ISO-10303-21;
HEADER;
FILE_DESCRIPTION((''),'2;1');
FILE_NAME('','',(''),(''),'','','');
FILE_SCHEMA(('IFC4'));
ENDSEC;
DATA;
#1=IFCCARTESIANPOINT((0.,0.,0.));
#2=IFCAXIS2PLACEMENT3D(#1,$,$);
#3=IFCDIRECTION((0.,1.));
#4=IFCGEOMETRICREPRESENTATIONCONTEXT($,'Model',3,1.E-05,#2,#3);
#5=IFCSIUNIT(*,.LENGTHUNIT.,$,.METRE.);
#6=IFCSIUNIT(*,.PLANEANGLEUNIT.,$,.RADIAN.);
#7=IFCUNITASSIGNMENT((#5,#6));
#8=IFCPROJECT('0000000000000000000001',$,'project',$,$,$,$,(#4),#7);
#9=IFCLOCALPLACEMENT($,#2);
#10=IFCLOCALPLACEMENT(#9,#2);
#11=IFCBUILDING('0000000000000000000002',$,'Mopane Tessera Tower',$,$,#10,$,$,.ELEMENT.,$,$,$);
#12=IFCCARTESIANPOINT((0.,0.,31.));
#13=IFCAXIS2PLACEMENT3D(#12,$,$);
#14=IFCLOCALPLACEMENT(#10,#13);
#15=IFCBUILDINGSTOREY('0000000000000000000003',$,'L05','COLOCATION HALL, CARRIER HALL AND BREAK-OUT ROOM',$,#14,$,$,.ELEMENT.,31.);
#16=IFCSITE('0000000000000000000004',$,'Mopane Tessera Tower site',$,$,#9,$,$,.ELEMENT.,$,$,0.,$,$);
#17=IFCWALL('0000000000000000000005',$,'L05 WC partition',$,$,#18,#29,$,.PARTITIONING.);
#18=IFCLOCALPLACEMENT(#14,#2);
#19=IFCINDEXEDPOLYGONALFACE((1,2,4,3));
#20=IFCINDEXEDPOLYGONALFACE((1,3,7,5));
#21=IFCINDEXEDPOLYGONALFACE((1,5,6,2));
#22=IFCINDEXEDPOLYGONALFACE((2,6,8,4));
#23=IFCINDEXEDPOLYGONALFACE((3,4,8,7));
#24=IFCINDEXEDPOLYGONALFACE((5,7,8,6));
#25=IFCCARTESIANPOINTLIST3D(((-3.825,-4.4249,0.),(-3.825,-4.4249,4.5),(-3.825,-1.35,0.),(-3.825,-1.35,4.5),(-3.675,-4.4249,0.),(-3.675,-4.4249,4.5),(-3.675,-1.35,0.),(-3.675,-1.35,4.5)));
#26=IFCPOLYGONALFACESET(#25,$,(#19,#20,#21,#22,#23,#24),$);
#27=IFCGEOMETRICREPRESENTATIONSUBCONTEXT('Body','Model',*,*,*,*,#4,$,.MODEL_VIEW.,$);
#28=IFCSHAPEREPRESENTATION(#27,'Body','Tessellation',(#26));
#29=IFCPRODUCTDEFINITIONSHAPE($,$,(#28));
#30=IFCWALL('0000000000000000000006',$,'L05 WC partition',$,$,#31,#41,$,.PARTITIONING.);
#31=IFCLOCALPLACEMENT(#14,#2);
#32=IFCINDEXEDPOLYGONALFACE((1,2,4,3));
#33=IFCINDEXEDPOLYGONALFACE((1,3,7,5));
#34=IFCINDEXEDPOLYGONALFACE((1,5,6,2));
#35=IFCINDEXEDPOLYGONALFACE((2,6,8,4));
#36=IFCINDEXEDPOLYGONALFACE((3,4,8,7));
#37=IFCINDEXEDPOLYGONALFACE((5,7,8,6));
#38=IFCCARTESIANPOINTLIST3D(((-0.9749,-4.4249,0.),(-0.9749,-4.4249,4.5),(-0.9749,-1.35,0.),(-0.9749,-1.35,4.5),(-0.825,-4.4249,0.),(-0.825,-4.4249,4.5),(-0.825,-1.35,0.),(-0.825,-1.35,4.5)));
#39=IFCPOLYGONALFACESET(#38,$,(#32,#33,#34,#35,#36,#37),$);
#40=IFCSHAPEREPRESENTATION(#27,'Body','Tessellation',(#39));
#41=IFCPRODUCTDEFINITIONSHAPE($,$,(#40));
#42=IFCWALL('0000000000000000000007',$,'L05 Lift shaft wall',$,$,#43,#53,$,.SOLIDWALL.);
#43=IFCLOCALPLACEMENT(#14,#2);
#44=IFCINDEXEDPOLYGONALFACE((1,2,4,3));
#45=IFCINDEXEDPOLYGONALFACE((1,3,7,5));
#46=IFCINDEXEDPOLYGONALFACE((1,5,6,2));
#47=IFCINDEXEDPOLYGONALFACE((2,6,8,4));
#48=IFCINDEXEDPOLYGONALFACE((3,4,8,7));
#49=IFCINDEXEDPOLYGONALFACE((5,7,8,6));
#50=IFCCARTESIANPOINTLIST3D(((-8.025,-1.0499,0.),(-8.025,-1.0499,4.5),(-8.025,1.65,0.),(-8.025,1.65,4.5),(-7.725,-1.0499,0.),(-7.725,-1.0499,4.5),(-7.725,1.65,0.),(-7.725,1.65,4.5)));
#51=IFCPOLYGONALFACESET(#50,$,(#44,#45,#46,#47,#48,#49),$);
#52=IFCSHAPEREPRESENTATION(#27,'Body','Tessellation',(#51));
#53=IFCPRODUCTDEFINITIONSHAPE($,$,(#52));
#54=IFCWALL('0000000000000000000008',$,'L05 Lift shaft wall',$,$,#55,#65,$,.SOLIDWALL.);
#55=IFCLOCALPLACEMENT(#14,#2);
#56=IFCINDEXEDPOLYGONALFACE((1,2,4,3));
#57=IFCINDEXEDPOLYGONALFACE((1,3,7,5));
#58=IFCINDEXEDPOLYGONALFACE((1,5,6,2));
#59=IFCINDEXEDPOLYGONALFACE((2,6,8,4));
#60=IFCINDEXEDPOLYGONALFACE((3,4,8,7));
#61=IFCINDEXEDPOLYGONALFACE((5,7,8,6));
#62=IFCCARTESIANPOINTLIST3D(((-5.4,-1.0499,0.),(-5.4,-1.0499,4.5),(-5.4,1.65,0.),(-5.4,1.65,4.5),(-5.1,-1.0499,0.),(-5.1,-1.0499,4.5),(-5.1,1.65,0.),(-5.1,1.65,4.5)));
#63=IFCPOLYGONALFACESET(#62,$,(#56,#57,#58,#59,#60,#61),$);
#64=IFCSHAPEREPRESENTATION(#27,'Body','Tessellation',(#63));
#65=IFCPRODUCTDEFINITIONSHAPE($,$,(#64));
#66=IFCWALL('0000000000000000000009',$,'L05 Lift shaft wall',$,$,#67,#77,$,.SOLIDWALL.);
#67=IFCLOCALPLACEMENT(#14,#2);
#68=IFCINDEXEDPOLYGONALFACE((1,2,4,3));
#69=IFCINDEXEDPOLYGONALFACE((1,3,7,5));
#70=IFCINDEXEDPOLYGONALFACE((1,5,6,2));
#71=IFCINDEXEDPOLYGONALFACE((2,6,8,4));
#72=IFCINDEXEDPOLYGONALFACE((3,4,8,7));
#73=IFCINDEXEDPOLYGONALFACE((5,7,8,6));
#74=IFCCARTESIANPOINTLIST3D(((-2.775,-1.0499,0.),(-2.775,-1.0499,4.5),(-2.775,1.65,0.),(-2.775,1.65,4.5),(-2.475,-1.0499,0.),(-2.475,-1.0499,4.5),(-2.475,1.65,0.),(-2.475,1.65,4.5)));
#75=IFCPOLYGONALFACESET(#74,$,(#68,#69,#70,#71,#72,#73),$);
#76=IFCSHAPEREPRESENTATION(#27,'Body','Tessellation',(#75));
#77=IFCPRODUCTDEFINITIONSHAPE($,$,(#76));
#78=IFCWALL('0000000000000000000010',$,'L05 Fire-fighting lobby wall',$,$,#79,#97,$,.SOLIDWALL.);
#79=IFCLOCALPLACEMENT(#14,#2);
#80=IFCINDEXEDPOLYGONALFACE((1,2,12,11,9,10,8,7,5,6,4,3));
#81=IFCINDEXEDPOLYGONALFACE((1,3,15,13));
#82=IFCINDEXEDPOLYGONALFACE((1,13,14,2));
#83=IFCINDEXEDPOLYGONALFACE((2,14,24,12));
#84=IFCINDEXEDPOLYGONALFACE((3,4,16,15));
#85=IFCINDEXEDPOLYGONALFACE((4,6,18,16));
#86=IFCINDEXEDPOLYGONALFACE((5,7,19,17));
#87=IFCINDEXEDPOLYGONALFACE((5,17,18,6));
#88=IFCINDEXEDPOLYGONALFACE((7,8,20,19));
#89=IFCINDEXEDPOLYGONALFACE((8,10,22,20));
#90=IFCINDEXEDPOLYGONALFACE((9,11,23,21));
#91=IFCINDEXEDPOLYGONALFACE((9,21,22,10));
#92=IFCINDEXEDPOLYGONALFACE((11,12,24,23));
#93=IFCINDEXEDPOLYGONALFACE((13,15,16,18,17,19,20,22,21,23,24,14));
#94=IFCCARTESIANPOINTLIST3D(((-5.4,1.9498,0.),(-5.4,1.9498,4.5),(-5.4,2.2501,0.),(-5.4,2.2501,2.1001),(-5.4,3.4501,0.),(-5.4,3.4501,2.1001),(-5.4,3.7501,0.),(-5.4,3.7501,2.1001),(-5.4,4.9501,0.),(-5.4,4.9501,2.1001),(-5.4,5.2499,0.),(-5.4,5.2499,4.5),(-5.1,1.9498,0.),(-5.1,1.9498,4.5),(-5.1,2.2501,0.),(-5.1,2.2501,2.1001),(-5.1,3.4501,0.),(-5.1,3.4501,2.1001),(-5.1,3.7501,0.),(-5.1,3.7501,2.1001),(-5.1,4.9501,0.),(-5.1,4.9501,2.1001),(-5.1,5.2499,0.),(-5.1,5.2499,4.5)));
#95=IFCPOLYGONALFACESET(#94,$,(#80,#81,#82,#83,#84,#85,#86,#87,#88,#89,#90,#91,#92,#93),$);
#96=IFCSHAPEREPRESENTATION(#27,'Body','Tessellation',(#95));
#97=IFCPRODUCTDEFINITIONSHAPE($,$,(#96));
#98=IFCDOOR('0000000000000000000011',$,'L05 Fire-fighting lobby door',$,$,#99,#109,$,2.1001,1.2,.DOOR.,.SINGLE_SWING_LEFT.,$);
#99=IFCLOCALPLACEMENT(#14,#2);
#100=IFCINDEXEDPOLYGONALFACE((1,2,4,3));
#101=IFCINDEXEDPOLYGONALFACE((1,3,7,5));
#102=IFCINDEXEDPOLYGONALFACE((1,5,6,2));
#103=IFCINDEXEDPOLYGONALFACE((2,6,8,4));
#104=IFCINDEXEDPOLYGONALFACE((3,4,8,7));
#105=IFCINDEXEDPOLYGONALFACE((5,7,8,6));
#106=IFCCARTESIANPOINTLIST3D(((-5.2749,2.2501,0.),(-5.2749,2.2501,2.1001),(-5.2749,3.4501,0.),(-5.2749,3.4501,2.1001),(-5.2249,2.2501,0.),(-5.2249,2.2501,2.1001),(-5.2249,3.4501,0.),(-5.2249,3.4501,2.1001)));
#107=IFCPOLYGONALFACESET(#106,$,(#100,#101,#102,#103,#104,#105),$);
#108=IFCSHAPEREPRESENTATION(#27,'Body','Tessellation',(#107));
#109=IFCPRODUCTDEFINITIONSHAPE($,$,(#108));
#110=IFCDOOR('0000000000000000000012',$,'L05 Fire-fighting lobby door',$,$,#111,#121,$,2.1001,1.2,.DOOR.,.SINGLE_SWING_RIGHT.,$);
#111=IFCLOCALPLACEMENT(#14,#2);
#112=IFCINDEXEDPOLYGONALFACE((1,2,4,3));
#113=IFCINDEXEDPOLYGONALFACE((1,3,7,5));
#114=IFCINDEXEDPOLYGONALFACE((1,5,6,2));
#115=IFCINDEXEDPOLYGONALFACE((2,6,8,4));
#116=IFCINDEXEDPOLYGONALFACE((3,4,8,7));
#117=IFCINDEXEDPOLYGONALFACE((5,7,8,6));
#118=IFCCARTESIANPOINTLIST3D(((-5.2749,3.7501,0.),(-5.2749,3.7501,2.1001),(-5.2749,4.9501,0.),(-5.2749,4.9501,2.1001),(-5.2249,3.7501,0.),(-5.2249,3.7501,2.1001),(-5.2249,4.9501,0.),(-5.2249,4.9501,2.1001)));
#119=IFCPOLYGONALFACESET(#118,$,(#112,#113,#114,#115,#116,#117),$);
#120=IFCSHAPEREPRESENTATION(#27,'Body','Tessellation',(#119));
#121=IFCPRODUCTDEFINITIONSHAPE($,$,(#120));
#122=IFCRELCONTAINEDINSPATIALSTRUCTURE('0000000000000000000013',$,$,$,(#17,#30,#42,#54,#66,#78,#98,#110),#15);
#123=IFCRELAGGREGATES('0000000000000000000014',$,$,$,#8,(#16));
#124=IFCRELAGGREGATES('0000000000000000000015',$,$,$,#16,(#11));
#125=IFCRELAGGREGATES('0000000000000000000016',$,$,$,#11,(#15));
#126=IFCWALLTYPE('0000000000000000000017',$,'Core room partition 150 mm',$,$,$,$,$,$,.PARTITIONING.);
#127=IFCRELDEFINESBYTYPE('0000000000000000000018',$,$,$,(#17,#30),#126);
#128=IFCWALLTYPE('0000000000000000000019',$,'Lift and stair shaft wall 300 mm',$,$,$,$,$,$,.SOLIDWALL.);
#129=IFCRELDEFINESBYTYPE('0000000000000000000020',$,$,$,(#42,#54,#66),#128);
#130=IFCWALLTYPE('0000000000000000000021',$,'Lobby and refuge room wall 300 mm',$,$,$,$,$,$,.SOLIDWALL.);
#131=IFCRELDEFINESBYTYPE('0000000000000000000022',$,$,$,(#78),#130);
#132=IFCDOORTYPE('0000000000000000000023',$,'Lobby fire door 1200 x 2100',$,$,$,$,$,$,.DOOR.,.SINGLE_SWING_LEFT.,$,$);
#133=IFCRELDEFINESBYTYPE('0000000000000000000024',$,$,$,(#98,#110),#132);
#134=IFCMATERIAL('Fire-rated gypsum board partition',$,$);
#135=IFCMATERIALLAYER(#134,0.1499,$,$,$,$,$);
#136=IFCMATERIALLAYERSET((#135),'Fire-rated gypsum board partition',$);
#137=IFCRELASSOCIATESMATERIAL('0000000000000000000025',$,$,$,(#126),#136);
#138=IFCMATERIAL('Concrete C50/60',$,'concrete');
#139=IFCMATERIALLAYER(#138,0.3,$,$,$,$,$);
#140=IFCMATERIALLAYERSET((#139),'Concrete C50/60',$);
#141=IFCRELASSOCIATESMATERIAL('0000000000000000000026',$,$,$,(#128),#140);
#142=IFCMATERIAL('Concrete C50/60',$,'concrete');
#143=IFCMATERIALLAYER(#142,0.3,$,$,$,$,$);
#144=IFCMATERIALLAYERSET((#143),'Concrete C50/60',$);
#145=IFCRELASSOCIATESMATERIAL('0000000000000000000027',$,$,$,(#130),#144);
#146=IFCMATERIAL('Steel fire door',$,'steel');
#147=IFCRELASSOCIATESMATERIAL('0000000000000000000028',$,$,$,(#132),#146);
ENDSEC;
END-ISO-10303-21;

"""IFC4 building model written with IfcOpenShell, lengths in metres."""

from ifc_helpers import new_model, si_unit, direction, frame, frame_2d, origin, place, context, subcontext, project, spatial, rectangle, extrude, material, layer, layer_set, type_object, element, fill, save


model = new_model("IFC4")

# Units and contexts
model_context = context("Model", 3, precision=1e-05, world=origin(), true_north=direction((0.0, 1.0)))
body_context = subcontext(model_context, "Body", "Model", "MODEL_VIEW")
ifc_project = project(units=[si_unit("LENGTHUNIT", "METRE"), si_unit("PLANEANGLEUNIT", "RADIAN")], contexts=[model_context])

# Site, building, storey
site_placement = place(None, origin())
site = spatial("IfcSite", under=ifc_project, at=site_placement, Name="Mopane Tessera Tower site", CompositionType="ELEMENT", RefElevation=0.0)
building_placement = place(site_placement, origin())
building = spatial("IfcBuilding", under=site, at=building_placement, Name="Mopane Tessera Tower", CompositionType="ELEMENT")
storey_placement = place(building_placement, frame((0.0, 0.0, 31.0)))
storey = spatial("IfcBuildingStorey", under=building, at=storey_placement, Name="L05", Description="COLOCATION HALL, CARRIER HALL AND BREAK-OUT ROOM", CompositionType="ELEMENT", Elevation=31.0)

# Shared definitions
ifc_material_1 = material(Name="Fire-rated gypsum board partition")
ifc_layer_1 = layer(ifc_material_1, 0.1499)
ifc_layer_set_1 = layer_set([ifc_layer_1], Name="Fire-rated gypsum board partition")
wall_type_1 = type_object("IfcWallType", Name="Core room partition 150 mm", PredefinedType="PARTITIONING", material=ifc_layer_set_1)

# Walls
for number, where, z_axis, x_axis, name in (
    (1, (-3.75, -4.425, 0.0), (0.0, 0.0, 1.0), (0.0, 1.0, 0.0), "L05 WC partition"),
    (2, (-0.8999, -4.425, 0.0), (0.0, 0.0, 1.0), (0.0, 1.0, 0.0), "L05 WC partition"),
):
    element("IfcWall", number, at=place(storey_placement, frame(where, z_axis=z_axis, x_axis=x_axis)), inside=storey, type_object=wall_type_1, Name=name, PredefinedType="PARTITIONING", context=body_context, shape_type="SweptSolid", body=[
        extrude(rectangle(XDim=3.075, YDim=0.1499, at=frame_2d((1.5376, 0.0))), origin(), (0.0, 0.0, 1.0), 4.5),
    ])
ifc_material_2 = material(Name="Concrete C50/60", Category="concrete")
ifc_layer_2 = layer(ifc_material_2, 0.3)
ifc_layer_set_2 = layer_set([ifc_layer_2], Name="Concrete C50/60")
wall_type_2 = type_object("IfcWallType", Name="Lift and stair shaft wall 300 mm", PredefinedType="SOLIDWALL", material=ifc_layer_set_2)
for number, where, z_axis, x_axis, name in (
    (3, (-7.875, -1.05, 0.0), (0.0, 0.0, 1.0), (0.0, 1.0, 0.0), "L05 Lift shaft wall"),
    (4, (-5.25, -1.05, 0.0), (0.0, 0.0, 1.0), (0.0, 1.0, 0.0), "L05 Lift shaft wall"),
    (5, (-2.625, -1.05, 0.0), (0.0, 0.0, 1.0), (0.0, 1.0, 0.0), "L05 Lift shaft wall"),
):
    element("IfcWall", number, at=place(storey_placement, frame(where, z_axis=z_axis, x_axis=x_axis)), inside=storey, type_object=wall_type_2, Name=name, PredefinedType="SOLIDWALL", context=body_context, shape_type="SweptSolid", body=[
        extrude(rectangle(XDim=2.7, YDim=0.3, at=frame_2d((1.3501, 0.0))), origin(), (0.0, 0.0, 1.0), 4.5),
    ])

# Wall, openings, doors
ifc_material_3 = material(Name="Concrete C50/60", Category="concrete")
ifc_layer_3 = layer(ifc_material_3, 0.3)
ifc_layer_set_3 = layer_set([ifc_layer_3], Name="Concrete C50/60")
wall_type_3 = type_object("IfcWallType", Name="Lobby and refuge room wall 300 mm", PredefinedType="SOLIDWALL", material=ifc_layer_set_3)
wall_1_placement = place(storey_placement, frame((-5.25, 1.95, 0.0), z_axis=(0.0, 0.0, 1.0), x_axis=(0.0, 1.0, 0.0)))
wall_1 = element("IfcWall", 6, at=wall_1_placement, inside=storey, type_object=wall_type_3, Name="L05 Fire-fighting lobby wall", PredefinedType="SOLIDWALL", context=body_context, shape_type="SweptSolid", body=[
    extrude(rectangle(XDim=3.3, YDim=0.3, at=frame_2d((1.6499, 0.0))), origin(), (0.0, 0.0, 1.0), 4.5),
])
opening_1_placement = place(wall_1_placement, frame((0.3, 0.0, 0.0)))
opening_1 = element("IfcOpeningElement", 7, at=opening_1_placement, cuts=wall_1, PredefinedType="OPENING", context=body_context, shape_type="SweptSolid", body=[
    extrude(rectangle(XDim=1.2, YDim=2.1001, at=frame_2d((0.6001, 1.05))), frame((0.0, 0.1621, 0.0), z_axis=(0.0, -1.0, 0.0), x_axis=(1.0, 0.0, 0.0)), (0.0, 0.0, 1.0), 0.324),
])
opening_2_placement = place(wall_1_placement, frame((1.8, 0.0, 0.0)))
opening_2 = element("IfcOpeningElement", 8, at=opening_2_placement, cuts=wall_1, PredefinedType="OPENING", context=body_context, shape_type="SweptSolid", body=[
    extrude(rectangle(XDim=1.2, YDim=2.1001, at=frame_2d((0.6001, 1.05))), frame((0.0, 0.1621, 0.0), z_axis=(0.0, -1.0, 0.0), x_axis=(1.0, 0.0, 0.0)), (0.0, 0.0, 1.0), 0.324),
])
ifc_material_4 = material(Name="Steel fire door", Category="steel")
door_type_1 = type_object("IfcDoorType", Name="Lobby fire door 1200 x 2100", OperationType="SINGLE_SWING_LEFT", PredefinedType="DOOR", material=ifc_material_4)
door_1_placement = place(opening_1_placement, origin())
door_1 = element("IfcDoor", 9, at=door_1_placement, inside=storey, type_object=door_type_1, Name="L05 Fire-fighting lobby door", OperationType="SINGLE_SWING_LEFT", OverallHeight=2.1001, OverallWidth=1.2, PredefinedType="DOOR", context=body_context, shape_type="SweptSolid", body=[
    extrude(rectangle(XDim=1.2, YDim=2.1001, at=frame_2d((0.6001, 1.05))), frame((0.0, 0.0249, 0.0), z_axis=(0.0, -1.0, 0.0), x_axis=(1.0, 0.0, 0.0)), (0.0, 0.0, 1.0), 0.05),
])
fill(opening_1, door_1)
door_2_placement = place(opening_2_placement, origin())
door_2 = element("IfcDoor", 10, at=door_2_placement, inside=storey, type_object=door_type_1, Name="L05 Fire-fighting lobby door", OperationType="SINGLE_SWING_RIGHT", OverallHeight=2.1001, OverallWidth=1.2, PredefinedType="DOOR", context=body_context, shape_type="SweptSolid", body=[
    extrude(rectangle(XDim=1.2, YDim=2.1001, at=frame_2d((0.6001, 1.05))), frame((0.0, 0.0249, 0.0), z_axis=(0.0, -1.0, 0.0), x_axis=(1.0, 0.0, 0.0)), (0.0, 0.0, 1.0), 0.05),
])
fill(opening_2, door_2)

save(model, "model.ifc")
